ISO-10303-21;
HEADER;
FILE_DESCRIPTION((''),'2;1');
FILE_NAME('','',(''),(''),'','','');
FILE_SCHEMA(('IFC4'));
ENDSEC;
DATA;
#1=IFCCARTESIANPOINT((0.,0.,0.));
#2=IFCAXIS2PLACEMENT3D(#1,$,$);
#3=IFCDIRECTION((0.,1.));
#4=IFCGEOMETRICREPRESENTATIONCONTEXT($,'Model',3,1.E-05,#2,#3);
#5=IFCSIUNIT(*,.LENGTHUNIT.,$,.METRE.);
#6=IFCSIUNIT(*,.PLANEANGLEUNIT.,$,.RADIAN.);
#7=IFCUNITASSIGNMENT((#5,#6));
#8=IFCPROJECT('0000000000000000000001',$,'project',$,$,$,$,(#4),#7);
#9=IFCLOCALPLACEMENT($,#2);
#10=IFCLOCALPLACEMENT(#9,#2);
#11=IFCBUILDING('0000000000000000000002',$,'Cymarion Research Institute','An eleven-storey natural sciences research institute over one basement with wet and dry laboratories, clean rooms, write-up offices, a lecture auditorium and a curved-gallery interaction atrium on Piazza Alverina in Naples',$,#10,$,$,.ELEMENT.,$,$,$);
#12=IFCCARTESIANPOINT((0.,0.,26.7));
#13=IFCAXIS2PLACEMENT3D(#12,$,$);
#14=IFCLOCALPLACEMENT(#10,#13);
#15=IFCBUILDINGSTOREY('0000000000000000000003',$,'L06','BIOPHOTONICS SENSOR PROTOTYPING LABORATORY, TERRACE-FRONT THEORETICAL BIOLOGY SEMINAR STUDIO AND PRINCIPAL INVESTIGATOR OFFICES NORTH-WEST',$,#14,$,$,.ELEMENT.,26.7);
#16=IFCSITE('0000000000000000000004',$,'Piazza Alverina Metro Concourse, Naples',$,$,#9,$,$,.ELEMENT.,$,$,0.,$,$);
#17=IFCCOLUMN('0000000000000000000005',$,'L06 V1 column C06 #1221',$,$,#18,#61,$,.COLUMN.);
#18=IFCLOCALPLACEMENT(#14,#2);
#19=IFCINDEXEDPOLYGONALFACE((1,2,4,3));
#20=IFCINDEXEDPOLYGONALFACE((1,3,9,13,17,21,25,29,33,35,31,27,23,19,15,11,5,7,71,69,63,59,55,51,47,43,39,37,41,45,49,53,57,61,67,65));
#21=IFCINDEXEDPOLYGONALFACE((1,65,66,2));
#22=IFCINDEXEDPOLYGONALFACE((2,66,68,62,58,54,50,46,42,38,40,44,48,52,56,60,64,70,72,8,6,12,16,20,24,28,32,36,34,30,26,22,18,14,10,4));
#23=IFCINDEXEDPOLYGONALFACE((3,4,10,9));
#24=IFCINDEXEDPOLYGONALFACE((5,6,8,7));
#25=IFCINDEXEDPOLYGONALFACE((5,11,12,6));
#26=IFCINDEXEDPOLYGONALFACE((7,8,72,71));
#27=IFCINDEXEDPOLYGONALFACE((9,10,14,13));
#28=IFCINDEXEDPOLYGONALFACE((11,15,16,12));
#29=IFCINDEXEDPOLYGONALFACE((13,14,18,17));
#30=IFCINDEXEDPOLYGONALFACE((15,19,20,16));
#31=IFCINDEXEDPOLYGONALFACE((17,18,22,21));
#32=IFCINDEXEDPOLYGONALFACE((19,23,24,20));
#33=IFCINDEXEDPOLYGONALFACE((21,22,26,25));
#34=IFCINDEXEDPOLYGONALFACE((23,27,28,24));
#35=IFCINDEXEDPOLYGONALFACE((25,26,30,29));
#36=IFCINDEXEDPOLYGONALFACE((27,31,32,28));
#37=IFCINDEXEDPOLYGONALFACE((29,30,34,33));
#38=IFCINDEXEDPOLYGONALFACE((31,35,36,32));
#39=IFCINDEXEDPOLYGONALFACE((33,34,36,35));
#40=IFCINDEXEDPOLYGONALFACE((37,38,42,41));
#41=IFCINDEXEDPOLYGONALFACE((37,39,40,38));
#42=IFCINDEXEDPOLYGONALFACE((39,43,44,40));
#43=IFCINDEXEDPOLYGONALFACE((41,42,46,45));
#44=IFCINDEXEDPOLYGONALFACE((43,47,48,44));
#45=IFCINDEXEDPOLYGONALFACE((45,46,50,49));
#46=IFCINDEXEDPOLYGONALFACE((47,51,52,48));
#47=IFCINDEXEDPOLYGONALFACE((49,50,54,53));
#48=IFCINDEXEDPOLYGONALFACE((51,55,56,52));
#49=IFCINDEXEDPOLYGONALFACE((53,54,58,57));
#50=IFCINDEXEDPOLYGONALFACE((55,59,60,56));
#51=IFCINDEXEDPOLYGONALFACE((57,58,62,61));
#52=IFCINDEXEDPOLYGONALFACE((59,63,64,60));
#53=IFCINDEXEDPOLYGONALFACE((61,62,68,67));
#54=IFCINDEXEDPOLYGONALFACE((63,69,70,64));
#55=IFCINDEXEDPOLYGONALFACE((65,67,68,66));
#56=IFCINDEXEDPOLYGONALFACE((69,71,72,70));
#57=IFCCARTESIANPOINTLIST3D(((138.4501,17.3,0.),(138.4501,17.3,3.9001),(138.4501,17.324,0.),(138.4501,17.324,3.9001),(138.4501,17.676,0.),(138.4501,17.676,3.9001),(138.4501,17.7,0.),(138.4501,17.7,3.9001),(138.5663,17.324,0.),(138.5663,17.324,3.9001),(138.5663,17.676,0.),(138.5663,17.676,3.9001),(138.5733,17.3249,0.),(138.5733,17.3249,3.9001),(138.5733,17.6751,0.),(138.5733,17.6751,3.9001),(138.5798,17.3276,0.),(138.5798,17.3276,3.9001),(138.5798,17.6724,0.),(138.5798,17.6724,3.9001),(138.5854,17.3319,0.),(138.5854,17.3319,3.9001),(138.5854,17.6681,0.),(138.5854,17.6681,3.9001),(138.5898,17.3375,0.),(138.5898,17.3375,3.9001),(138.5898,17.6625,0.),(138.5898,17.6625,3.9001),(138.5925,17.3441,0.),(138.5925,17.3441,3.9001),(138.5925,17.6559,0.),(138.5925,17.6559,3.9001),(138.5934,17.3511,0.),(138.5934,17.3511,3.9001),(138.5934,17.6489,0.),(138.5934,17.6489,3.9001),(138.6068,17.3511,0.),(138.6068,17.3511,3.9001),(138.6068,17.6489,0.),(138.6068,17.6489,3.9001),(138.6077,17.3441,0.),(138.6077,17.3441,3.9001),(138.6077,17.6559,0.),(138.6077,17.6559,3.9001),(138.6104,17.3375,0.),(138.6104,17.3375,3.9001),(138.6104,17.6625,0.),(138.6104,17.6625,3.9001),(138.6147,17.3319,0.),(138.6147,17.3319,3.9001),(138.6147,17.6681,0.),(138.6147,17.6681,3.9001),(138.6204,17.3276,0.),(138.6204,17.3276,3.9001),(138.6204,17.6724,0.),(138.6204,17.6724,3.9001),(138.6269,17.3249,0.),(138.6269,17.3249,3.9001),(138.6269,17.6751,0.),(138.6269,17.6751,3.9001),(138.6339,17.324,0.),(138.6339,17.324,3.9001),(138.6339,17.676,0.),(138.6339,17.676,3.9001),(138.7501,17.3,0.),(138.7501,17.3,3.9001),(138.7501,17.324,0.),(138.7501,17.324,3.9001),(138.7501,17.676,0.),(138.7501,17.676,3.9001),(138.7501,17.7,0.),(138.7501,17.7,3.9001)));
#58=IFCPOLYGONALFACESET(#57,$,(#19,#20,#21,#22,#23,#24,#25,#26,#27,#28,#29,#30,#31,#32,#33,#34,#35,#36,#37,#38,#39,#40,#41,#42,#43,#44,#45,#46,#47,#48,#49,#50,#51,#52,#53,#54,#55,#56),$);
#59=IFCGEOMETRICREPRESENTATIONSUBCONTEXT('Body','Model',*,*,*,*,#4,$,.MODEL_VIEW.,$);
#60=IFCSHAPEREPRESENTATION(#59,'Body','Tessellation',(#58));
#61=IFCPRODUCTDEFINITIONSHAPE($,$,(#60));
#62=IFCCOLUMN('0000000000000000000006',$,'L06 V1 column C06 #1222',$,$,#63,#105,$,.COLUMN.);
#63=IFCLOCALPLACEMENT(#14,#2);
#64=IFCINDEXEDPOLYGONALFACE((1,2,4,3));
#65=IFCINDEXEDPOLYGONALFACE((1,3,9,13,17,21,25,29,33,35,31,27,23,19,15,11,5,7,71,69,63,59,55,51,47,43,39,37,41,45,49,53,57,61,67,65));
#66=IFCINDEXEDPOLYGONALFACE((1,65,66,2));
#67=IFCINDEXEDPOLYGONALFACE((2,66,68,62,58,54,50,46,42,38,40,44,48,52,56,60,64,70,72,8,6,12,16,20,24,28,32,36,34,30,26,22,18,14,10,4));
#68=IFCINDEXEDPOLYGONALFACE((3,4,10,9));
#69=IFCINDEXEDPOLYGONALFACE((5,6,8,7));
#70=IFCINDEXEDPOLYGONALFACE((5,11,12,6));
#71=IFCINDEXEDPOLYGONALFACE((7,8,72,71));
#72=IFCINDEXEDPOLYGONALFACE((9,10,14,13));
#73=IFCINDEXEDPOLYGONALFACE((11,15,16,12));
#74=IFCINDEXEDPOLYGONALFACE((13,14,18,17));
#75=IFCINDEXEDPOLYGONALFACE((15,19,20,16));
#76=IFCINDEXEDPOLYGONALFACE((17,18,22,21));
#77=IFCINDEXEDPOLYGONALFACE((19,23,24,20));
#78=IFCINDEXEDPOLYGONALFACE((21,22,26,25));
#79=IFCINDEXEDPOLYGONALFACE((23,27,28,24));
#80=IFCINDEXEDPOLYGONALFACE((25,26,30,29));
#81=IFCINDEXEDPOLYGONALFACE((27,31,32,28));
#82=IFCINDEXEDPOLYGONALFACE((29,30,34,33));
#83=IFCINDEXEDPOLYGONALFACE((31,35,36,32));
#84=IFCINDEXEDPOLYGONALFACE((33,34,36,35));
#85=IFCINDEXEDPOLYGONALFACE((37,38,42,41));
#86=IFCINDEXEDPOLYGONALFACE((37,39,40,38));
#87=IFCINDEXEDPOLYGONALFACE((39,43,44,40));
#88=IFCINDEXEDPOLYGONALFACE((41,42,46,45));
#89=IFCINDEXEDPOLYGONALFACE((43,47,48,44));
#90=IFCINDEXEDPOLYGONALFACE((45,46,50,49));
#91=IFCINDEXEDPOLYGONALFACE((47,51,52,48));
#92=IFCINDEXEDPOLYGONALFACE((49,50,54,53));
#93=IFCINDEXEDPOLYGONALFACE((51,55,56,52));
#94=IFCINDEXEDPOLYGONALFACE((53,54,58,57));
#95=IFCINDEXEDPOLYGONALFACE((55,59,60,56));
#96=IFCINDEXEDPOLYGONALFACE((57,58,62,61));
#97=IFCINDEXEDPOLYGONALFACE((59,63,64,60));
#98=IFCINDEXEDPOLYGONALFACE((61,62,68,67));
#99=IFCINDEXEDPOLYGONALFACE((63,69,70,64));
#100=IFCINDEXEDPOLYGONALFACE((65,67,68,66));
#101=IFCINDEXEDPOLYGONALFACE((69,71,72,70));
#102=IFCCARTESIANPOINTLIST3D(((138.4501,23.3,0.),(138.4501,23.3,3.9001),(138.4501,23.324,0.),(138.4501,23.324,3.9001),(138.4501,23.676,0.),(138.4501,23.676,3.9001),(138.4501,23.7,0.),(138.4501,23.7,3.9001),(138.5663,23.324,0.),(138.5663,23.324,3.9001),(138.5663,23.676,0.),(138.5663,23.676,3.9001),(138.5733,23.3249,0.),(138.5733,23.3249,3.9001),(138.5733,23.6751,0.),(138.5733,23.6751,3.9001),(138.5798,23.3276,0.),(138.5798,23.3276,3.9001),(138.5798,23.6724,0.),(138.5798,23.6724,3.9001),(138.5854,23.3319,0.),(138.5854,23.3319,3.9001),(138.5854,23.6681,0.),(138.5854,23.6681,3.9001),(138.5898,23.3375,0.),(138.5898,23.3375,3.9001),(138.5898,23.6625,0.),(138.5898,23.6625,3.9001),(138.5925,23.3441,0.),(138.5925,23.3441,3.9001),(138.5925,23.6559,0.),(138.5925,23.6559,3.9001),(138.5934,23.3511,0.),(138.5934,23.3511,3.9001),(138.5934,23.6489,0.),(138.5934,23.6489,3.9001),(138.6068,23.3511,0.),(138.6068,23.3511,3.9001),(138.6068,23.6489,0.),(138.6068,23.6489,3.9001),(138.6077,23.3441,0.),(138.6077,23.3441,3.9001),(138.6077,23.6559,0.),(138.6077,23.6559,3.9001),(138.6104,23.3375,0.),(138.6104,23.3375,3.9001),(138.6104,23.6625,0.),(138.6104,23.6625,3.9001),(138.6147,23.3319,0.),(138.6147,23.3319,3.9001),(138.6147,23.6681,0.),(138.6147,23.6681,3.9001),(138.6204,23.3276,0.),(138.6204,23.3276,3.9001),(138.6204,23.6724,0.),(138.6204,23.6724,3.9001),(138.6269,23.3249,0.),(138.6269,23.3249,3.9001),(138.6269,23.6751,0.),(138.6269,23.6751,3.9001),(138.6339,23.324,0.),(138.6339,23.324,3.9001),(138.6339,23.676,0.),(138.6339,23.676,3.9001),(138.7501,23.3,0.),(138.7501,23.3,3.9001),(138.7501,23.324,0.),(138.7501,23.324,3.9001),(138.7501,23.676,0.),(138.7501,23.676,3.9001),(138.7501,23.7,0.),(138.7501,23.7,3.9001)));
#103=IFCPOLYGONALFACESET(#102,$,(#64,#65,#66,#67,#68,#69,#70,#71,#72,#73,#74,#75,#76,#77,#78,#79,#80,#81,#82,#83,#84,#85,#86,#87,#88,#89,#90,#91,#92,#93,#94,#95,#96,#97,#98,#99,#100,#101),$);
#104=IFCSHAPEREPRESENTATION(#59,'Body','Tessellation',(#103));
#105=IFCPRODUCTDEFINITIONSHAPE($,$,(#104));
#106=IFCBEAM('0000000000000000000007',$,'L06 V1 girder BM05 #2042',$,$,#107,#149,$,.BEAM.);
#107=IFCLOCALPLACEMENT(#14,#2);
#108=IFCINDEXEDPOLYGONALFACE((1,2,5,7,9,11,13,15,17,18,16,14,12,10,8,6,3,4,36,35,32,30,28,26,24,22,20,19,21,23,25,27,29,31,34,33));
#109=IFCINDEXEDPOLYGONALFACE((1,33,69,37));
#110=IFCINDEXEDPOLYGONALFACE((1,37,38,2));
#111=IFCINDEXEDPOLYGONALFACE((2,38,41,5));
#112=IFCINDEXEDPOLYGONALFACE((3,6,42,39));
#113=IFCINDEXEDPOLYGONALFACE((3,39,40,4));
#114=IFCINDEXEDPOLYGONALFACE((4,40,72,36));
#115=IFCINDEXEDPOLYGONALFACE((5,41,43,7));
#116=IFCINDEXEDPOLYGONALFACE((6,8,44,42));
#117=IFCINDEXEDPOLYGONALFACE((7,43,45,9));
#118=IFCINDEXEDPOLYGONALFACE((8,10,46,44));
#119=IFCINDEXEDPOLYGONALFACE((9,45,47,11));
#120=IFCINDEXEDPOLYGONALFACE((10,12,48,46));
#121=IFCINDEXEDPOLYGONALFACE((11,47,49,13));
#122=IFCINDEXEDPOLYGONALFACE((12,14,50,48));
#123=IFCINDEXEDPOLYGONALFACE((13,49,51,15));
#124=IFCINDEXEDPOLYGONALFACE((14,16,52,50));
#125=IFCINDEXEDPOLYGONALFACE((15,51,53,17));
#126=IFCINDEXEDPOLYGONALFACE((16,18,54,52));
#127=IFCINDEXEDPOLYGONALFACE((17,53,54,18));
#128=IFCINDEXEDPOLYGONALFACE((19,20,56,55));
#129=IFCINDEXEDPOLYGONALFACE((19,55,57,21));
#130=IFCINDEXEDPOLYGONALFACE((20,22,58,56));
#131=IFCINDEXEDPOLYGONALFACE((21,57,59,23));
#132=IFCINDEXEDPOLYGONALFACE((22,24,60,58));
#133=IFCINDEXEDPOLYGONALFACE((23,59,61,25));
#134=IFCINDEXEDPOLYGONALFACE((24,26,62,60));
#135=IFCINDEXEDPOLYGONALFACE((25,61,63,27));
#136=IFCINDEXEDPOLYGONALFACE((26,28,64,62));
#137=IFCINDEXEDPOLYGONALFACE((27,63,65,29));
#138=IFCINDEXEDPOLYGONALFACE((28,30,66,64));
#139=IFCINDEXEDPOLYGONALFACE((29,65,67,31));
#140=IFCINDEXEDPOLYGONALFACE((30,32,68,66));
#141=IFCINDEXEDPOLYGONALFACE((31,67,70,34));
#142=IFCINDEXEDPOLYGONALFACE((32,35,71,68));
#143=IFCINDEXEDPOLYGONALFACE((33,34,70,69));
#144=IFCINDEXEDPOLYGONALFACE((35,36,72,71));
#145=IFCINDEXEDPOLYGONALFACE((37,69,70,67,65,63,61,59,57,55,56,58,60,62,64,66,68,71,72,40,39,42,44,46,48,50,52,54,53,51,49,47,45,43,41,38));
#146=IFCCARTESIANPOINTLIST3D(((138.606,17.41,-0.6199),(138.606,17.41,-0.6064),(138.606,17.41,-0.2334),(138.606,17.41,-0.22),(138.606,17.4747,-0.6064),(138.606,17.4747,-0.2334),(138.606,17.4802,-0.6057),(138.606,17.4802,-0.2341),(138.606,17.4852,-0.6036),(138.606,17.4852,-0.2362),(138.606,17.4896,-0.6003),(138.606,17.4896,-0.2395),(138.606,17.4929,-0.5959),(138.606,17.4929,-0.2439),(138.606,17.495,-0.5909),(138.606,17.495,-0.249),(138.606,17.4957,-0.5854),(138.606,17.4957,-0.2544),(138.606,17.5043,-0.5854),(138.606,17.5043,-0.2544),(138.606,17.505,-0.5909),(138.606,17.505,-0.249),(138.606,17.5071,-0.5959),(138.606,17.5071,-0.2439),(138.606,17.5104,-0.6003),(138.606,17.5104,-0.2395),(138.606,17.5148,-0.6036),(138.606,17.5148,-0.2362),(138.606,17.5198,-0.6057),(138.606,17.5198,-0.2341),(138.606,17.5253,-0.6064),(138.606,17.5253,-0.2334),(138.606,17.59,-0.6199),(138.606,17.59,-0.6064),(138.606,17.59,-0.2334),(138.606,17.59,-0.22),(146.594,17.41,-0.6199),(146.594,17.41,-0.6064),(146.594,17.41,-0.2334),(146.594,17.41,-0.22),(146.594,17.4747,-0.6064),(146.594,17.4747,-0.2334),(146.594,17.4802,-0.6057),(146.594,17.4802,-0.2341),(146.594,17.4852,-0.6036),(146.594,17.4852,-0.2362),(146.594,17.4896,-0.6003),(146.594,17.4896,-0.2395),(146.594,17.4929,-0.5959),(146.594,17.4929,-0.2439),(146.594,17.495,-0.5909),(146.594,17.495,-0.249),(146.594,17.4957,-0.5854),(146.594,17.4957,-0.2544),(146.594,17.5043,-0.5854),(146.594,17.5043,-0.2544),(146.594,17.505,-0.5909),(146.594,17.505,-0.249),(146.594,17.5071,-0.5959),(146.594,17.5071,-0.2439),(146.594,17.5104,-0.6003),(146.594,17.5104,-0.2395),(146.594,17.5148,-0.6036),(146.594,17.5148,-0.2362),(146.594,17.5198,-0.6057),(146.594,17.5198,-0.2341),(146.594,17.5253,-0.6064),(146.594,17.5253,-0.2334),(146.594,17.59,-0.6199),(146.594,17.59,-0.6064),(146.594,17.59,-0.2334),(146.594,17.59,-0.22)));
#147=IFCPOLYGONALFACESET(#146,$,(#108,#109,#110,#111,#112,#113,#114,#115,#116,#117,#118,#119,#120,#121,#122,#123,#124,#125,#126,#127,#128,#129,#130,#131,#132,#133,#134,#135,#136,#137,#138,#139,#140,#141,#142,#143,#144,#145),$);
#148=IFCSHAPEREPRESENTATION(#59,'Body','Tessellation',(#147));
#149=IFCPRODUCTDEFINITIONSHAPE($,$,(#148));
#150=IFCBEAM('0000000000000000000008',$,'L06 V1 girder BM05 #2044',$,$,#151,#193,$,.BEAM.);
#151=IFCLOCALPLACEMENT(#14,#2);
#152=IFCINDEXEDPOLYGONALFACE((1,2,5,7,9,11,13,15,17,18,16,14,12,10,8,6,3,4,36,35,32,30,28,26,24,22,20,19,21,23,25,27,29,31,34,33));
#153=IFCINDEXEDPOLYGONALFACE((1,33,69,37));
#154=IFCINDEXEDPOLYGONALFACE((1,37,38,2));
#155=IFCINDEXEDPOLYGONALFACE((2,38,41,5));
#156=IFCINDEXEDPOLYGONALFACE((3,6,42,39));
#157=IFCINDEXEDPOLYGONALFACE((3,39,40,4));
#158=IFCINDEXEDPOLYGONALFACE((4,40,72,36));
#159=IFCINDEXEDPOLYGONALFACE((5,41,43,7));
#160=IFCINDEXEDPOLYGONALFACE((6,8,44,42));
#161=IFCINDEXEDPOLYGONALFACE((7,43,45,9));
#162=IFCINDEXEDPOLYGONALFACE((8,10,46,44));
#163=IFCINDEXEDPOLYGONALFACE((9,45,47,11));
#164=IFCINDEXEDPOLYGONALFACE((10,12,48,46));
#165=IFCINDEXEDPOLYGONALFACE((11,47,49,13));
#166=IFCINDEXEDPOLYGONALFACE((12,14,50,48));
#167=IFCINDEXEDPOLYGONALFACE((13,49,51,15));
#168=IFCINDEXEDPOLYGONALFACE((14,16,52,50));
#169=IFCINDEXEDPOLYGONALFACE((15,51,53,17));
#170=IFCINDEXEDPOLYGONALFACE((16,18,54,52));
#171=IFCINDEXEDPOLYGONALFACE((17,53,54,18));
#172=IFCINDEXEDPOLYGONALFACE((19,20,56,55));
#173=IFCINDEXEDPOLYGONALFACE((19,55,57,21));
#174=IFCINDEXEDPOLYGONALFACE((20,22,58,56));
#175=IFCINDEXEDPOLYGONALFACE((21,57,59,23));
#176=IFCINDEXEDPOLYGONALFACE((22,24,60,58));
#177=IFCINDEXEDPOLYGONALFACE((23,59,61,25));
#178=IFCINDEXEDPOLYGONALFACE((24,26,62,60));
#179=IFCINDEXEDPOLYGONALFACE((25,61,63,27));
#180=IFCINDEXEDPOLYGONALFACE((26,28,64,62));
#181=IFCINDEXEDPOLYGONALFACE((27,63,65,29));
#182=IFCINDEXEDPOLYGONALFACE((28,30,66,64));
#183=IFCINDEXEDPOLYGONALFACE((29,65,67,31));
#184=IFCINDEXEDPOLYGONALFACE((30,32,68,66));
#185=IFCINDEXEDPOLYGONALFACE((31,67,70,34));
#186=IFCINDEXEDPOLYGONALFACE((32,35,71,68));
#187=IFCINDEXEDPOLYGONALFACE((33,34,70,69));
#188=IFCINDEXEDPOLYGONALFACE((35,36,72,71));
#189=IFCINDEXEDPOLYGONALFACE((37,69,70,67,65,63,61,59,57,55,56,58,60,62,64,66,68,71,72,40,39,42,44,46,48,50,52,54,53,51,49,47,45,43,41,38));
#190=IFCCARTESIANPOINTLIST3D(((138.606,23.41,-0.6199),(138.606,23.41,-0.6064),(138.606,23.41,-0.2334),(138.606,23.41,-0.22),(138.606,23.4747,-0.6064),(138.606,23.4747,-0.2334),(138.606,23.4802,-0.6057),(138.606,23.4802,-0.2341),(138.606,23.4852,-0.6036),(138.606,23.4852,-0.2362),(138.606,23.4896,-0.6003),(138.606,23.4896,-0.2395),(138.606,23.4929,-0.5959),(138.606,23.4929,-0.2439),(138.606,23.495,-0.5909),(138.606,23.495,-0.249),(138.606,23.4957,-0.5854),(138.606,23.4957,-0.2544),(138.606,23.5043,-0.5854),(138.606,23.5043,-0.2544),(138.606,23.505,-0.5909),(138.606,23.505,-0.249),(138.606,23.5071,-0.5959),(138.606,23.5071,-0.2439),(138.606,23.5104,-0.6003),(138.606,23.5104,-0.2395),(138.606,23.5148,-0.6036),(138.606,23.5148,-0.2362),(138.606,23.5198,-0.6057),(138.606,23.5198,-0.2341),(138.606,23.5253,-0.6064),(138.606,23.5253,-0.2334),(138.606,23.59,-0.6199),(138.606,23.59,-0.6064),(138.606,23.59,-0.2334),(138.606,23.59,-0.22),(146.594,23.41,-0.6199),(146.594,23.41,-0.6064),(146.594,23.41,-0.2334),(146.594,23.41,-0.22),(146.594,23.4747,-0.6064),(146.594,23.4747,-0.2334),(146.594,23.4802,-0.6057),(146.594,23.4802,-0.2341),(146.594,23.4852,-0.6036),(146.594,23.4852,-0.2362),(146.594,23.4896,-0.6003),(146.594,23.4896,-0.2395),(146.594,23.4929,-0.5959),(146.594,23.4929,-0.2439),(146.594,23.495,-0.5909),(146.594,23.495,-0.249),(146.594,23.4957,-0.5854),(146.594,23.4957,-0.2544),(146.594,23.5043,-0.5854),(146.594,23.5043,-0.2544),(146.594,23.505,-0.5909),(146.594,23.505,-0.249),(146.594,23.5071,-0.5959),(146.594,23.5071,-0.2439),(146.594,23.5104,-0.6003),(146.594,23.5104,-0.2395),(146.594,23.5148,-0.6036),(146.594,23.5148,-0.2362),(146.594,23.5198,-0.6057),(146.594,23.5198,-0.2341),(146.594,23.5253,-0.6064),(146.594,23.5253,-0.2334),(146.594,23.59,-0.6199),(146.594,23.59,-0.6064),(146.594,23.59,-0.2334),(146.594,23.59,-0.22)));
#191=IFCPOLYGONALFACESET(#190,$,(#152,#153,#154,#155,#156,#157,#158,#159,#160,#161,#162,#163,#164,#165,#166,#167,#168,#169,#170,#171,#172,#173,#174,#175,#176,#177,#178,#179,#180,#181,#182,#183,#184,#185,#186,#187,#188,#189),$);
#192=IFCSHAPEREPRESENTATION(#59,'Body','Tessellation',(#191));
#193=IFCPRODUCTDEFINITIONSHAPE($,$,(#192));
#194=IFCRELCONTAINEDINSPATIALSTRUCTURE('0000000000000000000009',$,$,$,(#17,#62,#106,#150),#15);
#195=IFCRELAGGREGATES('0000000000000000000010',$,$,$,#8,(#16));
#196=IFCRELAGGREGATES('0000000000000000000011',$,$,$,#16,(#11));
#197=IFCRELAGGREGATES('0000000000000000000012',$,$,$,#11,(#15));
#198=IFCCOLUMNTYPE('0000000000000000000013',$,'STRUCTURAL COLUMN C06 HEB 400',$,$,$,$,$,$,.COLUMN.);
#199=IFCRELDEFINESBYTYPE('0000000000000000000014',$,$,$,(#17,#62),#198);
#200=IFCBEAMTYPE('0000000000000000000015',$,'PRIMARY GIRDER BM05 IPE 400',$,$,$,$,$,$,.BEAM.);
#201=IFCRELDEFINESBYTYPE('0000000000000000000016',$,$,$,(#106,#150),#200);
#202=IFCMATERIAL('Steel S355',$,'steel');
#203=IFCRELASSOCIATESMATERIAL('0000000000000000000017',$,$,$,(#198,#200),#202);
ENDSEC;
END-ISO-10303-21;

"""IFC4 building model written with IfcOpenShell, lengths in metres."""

from ifc_helpers import new_model, si_unit, direction, frame, origin, origin_2d, place, context, subcontext, project, spatial, i_section, extrude, material, material_profile, profile_set, type_object, element, save


model = new_model("IFC4")

# Units and contexts
model_context = context("Model", 3, precision=1e-05, world=origin(), true_north=direction((0.0, 1.0)))
body_context = subcontext(model_context, "Body", "Model", "MODEL_VIEW")
ifc_project = project(units=[si_unit("LENGTHUNIT", "METRE"), si_unit("PLANEANGLEUNIT", "RADIAN")], contexts=[model_context])

# Site, building, storey
site_placement = place(None, origin())
site = spatial("IfcSite", under=ifc_project, at=site_placement, Name="Piazza Alverina Metro Concourse, Naples", CompositionType="ELEMENT", RefElevation=0.0)
building_placement = place(site_placement, origin())
building = spatial("IfcBuilding", under=site, at=building_placement, Name="Cymarion Research Institute", Description="An eleven-storey natural sciences research institute over one basement with wet and dry laboratories, clean rooms, write-up offices, a lecture auditorium and a curved-gallery interaction atrium on Piazza Alverina in Naples", CompositionType="ELEMENT")
storey_placement = place(building_placement, frame((0.0, 0.0, 26.7)))
storey = spatial("IfcBuildingStorey", under=building, at=storey_placement, Name="L06", Description="BIOPHOTONICS SENSOR PROTOTYPING LABORATORY, TERRACE-FRONT THEORETICAL BIOLOGY SEMINAR STUDIO AND PRINCIPAL INVESTIGATOR OFFICES NORTH-WEST", CompositionType="ELEMENT", Elevation=26.7)

# Columns
ifc_material_1 = material(Name="Steel S355", Category="steel")
ifc_material_profile_1 = material_profile(ifc_material_1, i_section(OverallWidth=0.3, OverallDepth=0.3999, WebThickness=0.0134, FlangeThickness=0.0239, FilletRadius=0.0271, at=origin_2d()), Name="HEB 400")
ifc_profile_set_1 = profile_set([ifc_material_profile_1], Name="Steel S355")
column_type = type_object("IfcColumnType", Name="STRUCTURAL COLUMN C06 HEB 400", PredefinedType="COLUMN", material=ifc_profile_set_1)
for number, where, z_axis, x_axis, name in (
    (1, (138.6001, 17.5, 0.0), (0.0, 0.0, 1.0), (1.0, 0.0, 0.0), "L06 V1 column C06 #1221"),
    (2, (138.6001, 23.5, 0.0), (0.0, 0.0, 1.0), (1.0, 0.0, 0.0), "L06 V1 column C06 #1222"),
):
    element("IfcColumn", number, at=place(storey_placement, frame(where, z_axis=z_axis, x_axis=x_axis)), inside=storey, type_object=column_type, Name=name, PredefinedType="COLUMN", context=body_context, shape_type="SweptSolid", body=[
        extrude(i_section(OverallWidth=0.3, OverallDepth=0.3999, WebThickness=0.0134, FlangeThickness=0.0239, FilletRadius=0.0271, at=origin_2d()), origin(), (0.0, 0.0, 1.0), 3.9001),
    ])

# Beams
ifc_material_profile_2 = material_profile(ifc_material_1, i_section(OverallWidth=0.1799, OverallDepth=0.3999, WebThickness=0.0085, FlangeThickness=0.0134, FilletRadius=0.021, at=origin_2d()), Name="IPE 400")
ifc_profile_set_2 = profile_set([ifc_material_profile_2], Name="Steel S355")
beam_type_1 = type_object("IfcBeamType", Name="PRIMARY GIRDER BM05 IPE 400", PredefinedType="BEAM", material=ifc_profile_set_2)
for number, where, z_axis, x_axis, name in (
    (3, (138.606, 17.5, -0.4199), (1.0, 0.0, 0.0), (0.0, 1.0, 0.0), "L06 V1 girder BM05 #2042"),
    (4, (138.606, 23.5, -0.4199), (1.0, 0.0, 0.0), (0.0, 1.0, 0.0), "L06 V1 girder BM05 #2044"),
):
    element("IfcBeam", number, at=place(storey_placement, frame(where, z_axis=z_axis, x_axis=x_axis)), inside=storey, type_object=beam_type_1, Name=name, PredefinedType="BEAM", context=body_context, shape_type="SweptSolid", body=[
        extrude(i_section(OverallWidth=0.1799, OverallDepth=0.3999, WebThickness=0.0085, FlangeThickness=0.0134, FilletRadius=0.021, at=origin_2d()), origin(), (0.0, 0.0, 1.0), 7.988),
    ])

save(model, "model.ifc")
